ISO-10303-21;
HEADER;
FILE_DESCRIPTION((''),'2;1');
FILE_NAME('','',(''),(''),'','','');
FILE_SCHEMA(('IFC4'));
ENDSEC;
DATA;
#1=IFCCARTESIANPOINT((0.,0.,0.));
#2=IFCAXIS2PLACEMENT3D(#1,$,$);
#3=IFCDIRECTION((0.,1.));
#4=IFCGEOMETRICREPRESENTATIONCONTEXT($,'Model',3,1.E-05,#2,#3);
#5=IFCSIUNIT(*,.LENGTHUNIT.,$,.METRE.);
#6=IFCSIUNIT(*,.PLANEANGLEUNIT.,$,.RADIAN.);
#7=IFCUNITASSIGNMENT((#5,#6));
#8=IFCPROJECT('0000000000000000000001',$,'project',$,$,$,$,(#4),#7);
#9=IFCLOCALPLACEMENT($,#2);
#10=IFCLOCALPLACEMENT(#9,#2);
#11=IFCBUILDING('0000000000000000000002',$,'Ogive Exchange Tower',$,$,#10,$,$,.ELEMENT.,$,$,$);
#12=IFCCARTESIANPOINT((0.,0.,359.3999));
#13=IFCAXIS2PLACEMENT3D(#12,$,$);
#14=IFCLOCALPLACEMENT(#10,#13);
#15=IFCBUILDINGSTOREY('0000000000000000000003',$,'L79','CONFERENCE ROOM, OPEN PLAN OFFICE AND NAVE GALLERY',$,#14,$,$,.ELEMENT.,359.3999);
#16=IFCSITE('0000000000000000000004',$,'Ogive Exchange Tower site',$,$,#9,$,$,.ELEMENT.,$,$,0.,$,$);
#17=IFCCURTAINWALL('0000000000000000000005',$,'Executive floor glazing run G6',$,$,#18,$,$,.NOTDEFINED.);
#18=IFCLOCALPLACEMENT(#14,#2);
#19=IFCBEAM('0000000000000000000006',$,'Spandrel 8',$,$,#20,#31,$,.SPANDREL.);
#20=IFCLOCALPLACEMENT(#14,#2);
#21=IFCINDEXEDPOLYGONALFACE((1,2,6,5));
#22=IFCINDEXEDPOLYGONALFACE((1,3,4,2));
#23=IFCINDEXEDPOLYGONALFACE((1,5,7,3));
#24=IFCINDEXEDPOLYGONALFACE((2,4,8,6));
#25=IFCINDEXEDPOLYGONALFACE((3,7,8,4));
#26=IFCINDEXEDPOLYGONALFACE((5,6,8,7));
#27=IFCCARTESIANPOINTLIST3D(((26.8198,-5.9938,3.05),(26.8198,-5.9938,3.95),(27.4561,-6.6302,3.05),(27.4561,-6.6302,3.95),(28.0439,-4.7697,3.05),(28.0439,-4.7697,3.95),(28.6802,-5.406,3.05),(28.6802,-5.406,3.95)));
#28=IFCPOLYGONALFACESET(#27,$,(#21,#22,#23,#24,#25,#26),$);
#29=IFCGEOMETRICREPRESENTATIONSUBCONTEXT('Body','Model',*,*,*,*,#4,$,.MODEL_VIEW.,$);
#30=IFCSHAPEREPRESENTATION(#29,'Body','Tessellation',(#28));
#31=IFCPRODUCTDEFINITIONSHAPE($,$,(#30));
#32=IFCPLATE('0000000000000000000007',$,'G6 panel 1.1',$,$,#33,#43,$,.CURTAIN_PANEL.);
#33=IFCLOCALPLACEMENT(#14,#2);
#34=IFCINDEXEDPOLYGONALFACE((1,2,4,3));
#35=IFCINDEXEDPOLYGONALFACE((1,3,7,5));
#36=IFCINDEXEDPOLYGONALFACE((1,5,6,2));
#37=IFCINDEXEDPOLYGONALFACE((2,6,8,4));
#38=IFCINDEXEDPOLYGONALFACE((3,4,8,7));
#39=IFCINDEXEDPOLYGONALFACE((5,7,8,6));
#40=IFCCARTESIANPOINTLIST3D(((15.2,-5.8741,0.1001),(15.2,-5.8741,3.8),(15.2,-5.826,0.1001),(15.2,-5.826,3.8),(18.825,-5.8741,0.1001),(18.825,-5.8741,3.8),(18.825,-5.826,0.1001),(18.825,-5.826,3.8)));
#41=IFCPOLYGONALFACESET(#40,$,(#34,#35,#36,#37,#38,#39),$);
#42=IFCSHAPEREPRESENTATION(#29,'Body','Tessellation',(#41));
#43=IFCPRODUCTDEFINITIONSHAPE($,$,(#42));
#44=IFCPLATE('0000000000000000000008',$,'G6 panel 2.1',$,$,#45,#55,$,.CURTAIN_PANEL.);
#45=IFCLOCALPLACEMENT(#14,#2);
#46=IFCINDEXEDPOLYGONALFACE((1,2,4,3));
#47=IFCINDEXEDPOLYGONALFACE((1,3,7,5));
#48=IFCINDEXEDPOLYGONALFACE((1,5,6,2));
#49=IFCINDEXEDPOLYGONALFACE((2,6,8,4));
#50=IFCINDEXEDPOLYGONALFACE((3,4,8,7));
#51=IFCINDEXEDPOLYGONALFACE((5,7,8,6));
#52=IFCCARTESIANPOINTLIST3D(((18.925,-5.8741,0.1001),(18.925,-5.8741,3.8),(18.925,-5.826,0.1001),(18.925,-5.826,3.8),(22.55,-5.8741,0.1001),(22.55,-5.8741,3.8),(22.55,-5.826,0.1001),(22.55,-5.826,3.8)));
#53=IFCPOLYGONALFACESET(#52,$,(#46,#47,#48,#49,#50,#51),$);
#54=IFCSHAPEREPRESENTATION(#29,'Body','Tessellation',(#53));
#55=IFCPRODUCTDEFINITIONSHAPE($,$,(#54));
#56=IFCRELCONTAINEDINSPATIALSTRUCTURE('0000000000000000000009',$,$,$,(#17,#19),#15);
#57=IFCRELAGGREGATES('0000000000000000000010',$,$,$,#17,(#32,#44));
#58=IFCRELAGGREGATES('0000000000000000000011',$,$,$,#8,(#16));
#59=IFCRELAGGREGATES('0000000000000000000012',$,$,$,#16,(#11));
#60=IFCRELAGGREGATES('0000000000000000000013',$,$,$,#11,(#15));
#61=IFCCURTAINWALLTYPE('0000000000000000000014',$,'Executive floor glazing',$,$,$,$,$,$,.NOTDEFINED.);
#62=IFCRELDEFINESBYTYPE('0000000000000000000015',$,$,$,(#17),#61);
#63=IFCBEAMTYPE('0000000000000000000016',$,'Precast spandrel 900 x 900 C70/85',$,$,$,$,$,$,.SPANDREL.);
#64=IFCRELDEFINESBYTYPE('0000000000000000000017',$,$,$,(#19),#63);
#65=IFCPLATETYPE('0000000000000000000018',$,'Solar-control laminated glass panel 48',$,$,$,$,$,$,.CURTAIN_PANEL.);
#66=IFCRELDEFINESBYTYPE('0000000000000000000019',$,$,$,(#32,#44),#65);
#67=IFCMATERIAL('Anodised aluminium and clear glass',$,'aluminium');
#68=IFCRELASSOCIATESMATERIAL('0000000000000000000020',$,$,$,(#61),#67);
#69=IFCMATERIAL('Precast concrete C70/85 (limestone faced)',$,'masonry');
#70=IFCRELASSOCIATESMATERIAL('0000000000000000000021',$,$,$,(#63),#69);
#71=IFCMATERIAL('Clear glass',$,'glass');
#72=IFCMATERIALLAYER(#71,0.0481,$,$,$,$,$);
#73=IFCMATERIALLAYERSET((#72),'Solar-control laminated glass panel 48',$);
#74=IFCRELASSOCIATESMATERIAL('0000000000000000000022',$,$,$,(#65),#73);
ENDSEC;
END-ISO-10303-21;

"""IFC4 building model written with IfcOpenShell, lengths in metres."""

from ifc_helpers import new_model, si_unit, direction, frame, origin, origin_2d, place, context, subcontext, project, spatial, rectangle, extrude, material, layer, layer_set, material_profile, profile_set, type_object, element, aggregate, save


model = new_model("IFC4")

# Units and contexts
model_context = context("Model", 3, precision=1e-05, world=origin(), true_north=direction((0.0, 1.0)))
body_context = subcontext(model_context, "Body", "Model", "MODEL_VIEW")
ifc_project = project(units=[si_unit("LENGTHUNIT", "METRE"), si_unit("PLANEANGLEUNIT", "RADIAN")], contexts=[model_context])

# Site, building, storey
site_placement = place(None, origin())
site = spatial("IfcSite", under=ifc_project, at=site_placement, Name="Ogive Exchange Tower site", CompositionType="ELEMENT", RefElevation=0.0)
building_placement = place(site_placement, origin())
building = spatial("IfcBuilding", under=site, at=building_placement, Name="Ogive Exchange Tower", CompositionType="ELEMENT")
storey_placement = place(building_placement, frame((0.0, 0.0, 359.3999)))
storey = spatial("IfcBuildingStorey", under=building, at=storey_placement, Name="L79", Description="CONFERENCE ROOM, OPEN PLAN OFFICE AND NAVE GALLERY", CompositionType="ELEMENT", Elevation=359.3999)

# Shared definitions
ifc_material_1 = material(Name="Precast concrete C70/85 (limestone faced)", Category="masonry")

# Curtain wall
ifc_material_2 = material(Name="Anodised aluminium and clear glass", Category="aluminium")
curtain_wall_type = type_object("IfcCurtainWallType", Name="Executive floor glazing", PredefinedType="NOTDEFINED", material=ifc_material_2)
curtain_wall_placement = place(storey_placement, origin())
curtain_wall = element("IfcCurtainWall", 1, at=curtain_wall_placement, inside=storey, type_object=curtain_wall_type, Name="Executive floor glazing run G6", PredefinedType="NOTDEFINED")

# Beam
ifc_material_profile_1 = material_profile(ifc_material_1, rectangle(XDim=0.8999, YDim=0.8999, at=origin_2d()), Name="900 x 900")
ifc_profile_set_1 = profile_set([ifc_material_profile_1], Name="Precast concrete C70/85 (limestone faced)")
beam_type_1 = type_object("IfcBeamType", Name="Precast spandrel 900 x 900 C70/85", PredefinedType="SPANDREL", material=ifc_profile_set_1)
for number, where, z_axis, x_axis, name in (
    (2, (27.1379, -6.312, 3.5), (0.707107, 0.707107, 0.0), (-0.707107, 0.707107, 0.0), "Spandrel 8"),
):
    element("IfcBeam", number, at=place(storey_placement, frame(where, z_axis=z_axis, x_axis=x_axis)), inside=storey, type_object=beam_type_1, Name=name, PredefinedType="SPANDREL", context=body_context, shape_type="SweptSolid", body=[
        extrude(rectangle(XDim=0.8999, YDim=0.8999, at=origin_2d()), origin(), (0.0, 0.0, 1.0), 1.7312),
    ])

# Plates
ifc_material_3 = material(Name="Clear glass", Category="glass")
ifc_layer = layer(ifc_material_3, 0.0481)
ifc_layer_set = layer_set([ifc_layer], Name="Solar-control laminated glass panel 48")
plate_type = type_object("IfcPlateType", Name="Solar-control laminated glass panel 48", PredefinedType="CURTAIN_PANEL", material=ifc_layer_set)
plate_1_placement = place(storey_placement, frame((17.0125, -5.8501, 0.1001), z_axis=(0.0, 0.0, 1.0), x_axis=(1.0, 0.0, 0.0)))
plate_1 = element("IfcPlate", 3, at=plate_1_placement, type_object=plate_type, Name="G6 panel 1.1", PredefinedType="CURTAIN_PANEL", context=body_context, shape_type="SweptSolid", body=[
    extrude(rectangle(XDim=3.625, YDim=0.0481, at=origin_2d()), origin(), (0.0, 0.0, 1.0), 3.7),
])
plate_2_placement = place(storey_placement, frame((20.7375, -5.8501, 0.1001), z_axis=(0.0, 0.0, 1.0), x_axis=(1.0, 0.0, 0.0)))
plate_2 = element("IfcPlate", 4, at=plate_2_placement, type_object=plate_type, Name="G6 panel 2.1", PredefinedType="CURTAIN_PANEL", context=body_context, shape_type="SweptSolid", body=[
    extrude(rectangle(XDim=3.625, YDim=0.0481, at=origin_2d()), origin(), (0.0, 0.0, 1.0), 3.7),
])
aggregate(curtain_wall, [plate_1, plate_2])

save(model, "model.ifc")
